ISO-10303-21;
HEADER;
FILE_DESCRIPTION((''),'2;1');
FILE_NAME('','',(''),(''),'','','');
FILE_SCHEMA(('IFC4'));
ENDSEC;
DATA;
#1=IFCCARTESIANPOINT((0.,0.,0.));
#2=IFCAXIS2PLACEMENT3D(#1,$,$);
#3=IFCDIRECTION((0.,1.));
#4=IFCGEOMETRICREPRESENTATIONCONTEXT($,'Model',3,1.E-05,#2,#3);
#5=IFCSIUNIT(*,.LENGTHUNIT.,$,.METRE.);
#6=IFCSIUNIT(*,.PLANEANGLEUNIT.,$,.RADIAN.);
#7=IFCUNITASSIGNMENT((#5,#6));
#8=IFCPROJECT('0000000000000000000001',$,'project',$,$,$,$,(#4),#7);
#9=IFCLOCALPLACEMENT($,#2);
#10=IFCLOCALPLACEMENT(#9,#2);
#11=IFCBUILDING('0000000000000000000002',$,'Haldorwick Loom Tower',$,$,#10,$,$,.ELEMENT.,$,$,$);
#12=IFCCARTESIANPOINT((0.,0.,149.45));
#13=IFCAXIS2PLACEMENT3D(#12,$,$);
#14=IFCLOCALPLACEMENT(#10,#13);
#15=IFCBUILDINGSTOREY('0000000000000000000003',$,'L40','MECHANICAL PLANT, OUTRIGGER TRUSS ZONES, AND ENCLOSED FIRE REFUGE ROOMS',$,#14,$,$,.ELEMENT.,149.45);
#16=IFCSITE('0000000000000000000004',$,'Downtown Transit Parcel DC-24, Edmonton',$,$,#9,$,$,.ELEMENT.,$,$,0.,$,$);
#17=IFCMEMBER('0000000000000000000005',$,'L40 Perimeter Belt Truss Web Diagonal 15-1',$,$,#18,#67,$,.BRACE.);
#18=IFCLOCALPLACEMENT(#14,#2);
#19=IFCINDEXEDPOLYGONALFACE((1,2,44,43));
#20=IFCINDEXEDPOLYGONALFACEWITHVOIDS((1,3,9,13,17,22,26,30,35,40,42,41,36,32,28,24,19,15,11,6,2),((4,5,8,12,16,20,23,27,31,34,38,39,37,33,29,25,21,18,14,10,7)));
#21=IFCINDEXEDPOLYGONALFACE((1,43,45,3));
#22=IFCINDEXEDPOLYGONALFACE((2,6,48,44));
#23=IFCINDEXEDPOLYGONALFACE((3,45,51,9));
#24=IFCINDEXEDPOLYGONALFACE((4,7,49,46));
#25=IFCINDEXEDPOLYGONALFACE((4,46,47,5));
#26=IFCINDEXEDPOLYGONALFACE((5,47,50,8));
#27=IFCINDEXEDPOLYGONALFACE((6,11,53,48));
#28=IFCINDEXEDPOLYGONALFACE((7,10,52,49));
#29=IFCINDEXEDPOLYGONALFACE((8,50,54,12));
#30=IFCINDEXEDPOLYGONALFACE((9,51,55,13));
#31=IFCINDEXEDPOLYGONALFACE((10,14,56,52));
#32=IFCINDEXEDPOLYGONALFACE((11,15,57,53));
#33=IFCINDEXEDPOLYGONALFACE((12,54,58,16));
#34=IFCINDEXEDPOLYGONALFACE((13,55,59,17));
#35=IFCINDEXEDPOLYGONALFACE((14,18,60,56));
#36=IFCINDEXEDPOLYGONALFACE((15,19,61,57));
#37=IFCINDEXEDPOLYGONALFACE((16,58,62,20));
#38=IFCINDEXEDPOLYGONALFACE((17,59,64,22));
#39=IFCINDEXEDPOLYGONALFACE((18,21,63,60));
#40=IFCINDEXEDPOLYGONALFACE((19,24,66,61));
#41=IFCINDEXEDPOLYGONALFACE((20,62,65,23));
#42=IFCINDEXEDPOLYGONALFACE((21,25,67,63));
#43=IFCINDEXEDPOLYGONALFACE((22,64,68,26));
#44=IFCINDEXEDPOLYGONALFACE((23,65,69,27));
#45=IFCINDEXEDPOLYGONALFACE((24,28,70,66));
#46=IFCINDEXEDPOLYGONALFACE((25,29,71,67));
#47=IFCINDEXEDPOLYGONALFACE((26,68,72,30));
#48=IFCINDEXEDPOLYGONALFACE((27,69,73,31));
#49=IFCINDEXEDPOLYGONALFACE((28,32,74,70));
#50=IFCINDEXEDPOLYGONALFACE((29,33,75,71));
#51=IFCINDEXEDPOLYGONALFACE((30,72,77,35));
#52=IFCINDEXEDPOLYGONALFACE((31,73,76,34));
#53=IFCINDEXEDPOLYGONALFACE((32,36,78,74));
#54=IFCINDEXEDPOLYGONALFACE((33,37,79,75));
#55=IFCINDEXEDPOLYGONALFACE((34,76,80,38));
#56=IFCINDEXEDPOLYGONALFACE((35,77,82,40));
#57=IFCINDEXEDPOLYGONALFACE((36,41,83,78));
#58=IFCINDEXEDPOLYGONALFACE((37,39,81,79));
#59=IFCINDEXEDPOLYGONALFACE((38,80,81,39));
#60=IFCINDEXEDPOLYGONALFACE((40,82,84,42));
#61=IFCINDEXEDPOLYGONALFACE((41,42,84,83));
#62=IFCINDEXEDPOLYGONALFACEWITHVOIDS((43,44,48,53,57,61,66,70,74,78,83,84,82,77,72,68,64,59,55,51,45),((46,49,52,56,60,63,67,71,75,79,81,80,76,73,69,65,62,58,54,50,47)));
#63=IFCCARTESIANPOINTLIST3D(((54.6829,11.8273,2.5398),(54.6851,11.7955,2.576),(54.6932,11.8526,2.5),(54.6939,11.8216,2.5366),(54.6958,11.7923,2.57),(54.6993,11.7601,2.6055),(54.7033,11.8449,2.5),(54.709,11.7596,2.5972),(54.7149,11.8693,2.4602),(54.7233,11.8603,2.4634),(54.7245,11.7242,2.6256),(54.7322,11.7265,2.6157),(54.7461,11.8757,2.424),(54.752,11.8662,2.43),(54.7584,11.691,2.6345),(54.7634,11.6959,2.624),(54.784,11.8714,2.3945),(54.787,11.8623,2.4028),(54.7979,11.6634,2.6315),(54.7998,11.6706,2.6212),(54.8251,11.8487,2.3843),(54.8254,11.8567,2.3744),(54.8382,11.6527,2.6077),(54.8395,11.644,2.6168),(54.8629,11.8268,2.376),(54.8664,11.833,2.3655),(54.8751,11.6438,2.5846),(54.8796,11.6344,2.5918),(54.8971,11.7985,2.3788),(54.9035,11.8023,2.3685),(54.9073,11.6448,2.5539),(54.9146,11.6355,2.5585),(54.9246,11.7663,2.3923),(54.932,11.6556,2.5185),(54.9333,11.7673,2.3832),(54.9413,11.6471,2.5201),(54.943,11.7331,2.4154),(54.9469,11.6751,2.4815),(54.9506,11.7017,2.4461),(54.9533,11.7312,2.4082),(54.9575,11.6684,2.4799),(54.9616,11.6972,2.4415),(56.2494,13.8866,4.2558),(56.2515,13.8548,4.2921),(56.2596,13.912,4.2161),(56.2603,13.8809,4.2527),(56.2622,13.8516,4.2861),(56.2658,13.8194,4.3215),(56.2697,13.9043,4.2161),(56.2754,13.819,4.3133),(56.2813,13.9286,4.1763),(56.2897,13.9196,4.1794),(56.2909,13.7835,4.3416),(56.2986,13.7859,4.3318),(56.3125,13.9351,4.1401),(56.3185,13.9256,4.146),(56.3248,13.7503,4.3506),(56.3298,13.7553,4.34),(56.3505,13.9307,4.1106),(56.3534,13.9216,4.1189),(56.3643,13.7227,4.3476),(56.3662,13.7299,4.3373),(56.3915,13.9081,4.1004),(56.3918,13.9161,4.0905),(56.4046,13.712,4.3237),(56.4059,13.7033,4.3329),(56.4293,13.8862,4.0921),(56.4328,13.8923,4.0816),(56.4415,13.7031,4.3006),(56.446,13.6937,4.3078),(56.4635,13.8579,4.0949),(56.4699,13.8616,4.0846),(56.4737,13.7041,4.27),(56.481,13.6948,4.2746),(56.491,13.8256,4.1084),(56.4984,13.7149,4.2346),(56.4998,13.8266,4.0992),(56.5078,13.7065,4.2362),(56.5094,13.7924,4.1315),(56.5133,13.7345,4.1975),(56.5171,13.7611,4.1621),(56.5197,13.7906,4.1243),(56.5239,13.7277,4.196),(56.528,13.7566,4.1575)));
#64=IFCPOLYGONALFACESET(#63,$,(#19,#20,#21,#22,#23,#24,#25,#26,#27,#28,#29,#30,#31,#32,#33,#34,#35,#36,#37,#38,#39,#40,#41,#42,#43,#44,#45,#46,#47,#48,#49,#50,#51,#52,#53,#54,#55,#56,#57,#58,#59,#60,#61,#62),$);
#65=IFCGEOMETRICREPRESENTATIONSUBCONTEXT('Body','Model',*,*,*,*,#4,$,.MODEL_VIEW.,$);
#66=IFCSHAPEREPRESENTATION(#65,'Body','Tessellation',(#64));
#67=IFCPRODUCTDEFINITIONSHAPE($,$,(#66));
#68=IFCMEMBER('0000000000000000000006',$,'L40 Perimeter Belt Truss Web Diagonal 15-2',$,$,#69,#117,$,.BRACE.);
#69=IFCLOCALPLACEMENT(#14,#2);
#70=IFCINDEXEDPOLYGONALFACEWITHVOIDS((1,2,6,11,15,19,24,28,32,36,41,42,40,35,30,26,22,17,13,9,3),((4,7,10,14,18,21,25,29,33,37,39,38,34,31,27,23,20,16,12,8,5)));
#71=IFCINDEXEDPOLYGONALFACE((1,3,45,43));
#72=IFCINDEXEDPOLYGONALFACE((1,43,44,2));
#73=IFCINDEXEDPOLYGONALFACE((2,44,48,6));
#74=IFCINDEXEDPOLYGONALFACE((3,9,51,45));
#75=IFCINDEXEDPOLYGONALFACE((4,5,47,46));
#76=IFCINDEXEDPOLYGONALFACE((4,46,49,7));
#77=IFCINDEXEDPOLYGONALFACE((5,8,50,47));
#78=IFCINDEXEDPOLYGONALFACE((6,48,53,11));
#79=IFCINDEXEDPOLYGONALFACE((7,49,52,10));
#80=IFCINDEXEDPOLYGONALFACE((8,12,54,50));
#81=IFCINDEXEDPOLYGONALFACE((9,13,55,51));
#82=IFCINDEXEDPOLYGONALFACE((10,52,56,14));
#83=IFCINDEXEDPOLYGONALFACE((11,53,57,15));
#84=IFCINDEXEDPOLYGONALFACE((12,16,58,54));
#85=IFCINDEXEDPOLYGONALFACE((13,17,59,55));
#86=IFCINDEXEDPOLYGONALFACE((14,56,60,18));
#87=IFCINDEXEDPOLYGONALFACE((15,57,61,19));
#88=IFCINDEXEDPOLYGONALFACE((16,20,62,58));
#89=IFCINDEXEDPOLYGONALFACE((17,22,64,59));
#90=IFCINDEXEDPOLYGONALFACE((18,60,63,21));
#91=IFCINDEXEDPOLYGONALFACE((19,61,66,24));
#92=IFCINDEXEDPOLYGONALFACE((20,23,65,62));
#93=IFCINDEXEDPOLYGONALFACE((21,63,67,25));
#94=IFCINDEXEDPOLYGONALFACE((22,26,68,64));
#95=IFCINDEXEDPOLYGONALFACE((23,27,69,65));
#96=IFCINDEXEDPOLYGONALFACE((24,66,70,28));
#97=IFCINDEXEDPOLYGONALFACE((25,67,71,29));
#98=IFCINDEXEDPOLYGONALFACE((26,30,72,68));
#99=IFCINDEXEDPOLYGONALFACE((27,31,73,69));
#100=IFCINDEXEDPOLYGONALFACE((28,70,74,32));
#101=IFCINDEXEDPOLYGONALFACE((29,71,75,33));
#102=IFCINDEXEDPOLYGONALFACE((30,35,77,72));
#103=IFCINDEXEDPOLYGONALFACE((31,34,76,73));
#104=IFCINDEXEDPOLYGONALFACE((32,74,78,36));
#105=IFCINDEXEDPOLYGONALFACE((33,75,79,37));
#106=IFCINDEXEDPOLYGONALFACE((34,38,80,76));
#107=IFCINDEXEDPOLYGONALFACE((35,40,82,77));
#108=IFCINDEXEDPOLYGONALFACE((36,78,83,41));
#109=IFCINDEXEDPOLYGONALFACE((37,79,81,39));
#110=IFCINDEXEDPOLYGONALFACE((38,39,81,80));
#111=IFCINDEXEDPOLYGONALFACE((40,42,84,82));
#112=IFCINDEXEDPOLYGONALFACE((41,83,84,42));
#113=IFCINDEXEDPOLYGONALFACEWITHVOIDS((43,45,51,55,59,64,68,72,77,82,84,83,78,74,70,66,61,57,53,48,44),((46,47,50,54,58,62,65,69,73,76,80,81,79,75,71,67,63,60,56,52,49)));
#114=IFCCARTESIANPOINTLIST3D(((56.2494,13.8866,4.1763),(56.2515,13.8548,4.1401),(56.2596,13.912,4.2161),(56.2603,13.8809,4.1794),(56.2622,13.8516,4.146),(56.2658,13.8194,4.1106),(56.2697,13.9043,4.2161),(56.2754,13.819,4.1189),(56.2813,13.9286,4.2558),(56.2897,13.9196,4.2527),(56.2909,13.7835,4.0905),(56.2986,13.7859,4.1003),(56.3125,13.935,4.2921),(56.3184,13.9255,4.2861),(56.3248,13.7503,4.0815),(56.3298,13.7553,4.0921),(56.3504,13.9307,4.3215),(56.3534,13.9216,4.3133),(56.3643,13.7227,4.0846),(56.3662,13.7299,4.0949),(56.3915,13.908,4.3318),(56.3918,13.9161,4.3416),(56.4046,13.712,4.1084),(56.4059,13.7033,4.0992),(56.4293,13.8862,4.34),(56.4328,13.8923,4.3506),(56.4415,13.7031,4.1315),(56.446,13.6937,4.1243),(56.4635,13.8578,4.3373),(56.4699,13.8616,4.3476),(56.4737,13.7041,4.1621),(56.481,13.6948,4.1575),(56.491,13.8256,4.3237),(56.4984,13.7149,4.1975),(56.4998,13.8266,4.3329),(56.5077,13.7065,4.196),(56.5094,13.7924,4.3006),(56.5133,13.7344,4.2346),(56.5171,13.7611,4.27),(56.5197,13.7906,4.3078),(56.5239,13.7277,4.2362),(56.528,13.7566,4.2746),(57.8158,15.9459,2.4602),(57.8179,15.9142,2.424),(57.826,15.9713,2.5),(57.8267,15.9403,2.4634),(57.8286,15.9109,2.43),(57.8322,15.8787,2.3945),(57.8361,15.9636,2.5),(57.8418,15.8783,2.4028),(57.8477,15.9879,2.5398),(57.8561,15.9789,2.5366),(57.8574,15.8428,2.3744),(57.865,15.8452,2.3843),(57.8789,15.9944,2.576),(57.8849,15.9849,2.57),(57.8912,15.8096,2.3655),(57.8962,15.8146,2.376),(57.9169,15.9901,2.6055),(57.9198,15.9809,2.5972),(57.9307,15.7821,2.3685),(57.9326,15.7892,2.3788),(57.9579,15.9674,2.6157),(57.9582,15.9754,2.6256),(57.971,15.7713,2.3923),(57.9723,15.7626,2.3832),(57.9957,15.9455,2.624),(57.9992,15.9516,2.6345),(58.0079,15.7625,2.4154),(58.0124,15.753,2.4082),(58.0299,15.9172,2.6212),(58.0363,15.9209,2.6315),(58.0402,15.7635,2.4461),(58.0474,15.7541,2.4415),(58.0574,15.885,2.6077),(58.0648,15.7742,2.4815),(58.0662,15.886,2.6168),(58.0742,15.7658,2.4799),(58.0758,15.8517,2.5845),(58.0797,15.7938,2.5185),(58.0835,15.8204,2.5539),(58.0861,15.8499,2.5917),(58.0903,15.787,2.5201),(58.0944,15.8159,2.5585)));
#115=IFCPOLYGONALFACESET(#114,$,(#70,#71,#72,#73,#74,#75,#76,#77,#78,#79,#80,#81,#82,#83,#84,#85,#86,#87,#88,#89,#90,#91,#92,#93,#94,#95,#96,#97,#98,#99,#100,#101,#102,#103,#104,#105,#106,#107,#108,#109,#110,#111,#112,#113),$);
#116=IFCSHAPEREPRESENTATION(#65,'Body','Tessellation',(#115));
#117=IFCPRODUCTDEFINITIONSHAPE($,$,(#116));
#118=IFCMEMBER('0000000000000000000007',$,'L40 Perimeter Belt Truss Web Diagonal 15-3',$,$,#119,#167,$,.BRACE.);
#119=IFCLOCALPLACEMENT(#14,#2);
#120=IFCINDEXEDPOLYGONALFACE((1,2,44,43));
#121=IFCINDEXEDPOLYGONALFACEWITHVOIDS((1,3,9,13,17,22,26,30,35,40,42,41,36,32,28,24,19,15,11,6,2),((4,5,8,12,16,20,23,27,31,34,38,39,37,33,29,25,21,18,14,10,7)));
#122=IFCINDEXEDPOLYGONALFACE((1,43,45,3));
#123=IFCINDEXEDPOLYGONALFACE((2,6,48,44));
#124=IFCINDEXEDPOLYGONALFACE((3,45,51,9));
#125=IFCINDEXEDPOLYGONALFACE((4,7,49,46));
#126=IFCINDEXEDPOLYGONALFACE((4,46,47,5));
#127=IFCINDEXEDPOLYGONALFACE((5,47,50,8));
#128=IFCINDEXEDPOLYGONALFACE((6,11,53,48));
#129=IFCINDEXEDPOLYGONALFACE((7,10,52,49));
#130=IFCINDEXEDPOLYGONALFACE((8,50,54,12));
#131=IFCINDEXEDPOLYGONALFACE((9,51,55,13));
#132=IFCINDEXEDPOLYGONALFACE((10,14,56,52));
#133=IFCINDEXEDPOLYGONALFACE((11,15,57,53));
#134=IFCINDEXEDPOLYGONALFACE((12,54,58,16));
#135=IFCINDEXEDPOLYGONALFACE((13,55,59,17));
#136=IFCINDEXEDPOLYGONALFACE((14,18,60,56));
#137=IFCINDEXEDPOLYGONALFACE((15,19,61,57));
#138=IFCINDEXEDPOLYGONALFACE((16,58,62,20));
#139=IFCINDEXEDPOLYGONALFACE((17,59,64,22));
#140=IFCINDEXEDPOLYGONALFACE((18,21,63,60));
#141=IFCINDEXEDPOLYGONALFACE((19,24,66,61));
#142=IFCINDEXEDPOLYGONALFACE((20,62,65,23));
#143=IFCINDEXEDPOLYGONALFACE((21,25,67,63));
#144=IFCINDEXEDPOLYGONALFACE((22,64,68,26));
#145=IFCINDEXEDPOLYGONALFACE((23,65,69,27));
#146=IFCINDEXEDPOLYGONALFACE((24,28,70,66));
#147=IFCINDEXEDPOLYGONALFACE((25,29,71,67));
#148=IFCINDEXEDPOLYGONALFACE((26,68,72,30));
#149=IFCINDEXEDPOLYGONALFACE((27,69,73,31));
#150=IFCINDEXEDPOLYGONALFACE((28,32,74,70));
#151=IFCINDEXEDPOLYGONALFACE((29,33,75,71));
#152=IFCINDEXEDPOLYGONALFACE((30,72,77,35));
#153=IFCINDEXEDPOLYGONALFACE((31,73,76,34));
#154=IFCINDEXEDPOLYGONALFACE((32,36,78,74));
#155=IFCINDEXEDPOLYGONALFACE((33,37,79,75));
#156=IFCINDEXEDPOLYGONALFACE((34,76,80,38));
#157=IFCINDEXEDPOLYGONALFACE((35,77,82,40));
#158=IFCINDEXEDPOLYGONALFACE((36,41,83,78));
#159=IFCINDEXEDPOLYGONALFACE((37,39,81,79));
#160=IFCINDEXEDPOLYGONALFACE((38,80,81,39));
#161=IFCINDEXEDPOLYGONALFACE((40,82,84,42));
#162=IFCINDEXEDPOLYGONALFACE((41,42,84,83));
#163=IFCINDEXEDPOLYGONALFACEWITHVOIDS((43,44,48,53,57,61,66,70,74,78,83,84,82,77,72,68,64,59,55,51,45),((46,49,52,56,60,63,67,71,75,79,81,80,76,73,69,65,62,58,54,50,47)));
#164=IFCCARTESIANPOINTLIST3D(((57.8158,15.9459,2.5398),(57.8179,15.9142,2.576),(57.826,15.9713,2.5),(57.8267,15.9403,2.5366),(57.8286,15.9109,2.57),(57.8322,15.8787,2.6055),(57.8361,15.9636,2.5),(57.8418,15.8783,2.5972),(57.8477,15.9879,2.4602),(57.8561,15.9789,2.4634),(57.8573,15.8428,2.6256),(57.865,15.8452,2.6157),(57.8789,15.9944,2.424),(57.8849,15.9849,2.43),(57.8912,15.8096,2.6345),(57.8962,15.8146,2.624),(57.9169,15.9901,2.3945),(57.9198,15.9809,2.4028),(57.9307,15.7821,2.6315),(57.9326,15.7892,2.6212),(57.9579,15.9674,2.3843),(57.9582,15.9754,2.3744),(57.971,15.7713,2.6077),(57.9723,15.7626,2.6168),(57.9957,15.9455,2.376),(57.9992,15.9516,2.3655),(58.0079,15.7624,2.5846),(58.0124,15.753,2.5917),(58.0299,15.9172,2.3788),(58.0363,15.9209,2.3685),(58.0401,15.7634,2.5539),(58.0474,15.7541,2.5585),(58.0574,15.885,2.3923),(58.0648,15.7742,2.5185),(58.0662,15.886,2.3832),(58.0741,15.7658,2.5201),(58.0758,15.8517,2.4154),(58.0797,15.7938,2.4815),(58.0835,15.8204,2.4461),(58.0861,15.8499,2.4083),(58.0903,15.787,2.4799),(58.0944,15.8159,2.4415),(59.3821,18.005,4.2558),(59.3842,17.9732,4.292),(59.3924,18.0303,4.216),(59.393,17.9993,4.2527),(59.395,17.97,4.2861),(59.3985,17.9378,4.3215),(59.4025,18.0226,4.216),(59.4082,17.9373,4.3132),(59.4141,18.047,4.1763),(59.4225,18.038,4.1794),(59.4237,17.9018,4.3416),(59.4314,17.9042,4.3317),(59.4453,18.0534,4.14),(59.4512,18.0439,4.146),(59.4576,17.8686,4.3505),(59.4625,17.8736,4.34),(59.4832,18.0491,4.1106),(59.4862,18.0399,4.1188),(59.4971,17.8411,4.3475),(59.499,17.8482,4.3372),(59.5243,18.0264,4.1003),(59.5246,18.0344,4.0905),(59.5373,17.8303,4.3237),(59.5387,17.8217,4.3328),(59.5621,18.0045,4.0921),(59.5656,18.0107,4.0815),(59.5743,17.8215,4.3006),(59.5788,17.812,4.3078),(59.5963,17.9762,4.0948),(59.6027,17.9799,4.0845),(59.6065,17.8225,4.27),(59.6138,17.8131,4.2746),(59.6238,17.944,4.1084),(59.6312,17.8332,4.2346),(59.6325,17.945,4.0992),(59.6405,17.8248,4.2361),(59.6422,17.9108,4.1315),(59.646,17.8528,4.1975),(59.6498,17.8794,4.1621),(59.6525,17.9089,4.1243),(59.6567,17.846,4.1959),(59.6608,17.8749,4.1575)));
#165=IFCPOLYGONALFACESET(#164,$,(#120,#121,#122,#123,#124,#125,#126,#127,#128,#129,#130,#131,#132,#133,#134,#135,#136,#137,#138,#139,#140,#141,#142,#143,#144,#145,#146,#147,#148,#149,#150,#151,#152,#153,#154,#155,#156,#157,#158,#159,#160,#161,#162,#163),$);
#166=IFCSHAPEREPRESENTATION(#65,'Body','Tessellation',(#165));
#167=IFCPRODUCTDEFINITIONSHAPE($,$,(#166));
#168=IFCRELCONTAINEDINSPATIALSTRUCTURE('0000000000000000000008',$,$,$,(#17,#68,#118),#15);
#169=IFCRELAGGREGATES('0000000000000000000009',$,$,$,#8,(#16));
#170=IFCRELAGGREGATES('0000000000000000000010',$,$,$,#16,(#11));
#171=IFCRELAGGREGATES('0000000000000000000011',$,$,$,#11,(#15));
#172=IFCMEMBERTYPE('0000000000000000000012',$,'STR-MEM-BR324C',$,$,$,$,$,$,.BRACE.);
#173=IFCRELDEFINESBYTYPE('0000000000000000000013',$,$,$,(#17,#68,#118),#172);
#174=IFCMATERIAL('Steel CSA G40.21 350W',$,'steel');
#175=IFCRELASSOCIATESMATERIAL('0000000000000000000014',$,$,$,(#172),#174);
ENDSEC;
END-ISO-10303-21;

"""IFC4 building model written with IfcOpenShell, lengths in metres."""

from ifc_helpers import new_model, si_unit, direction, frame, origin, origin_2d, place, context, subcontext, project, spatial, hollow_circle, extrude, material, material_profile, profile_set, type_object, element, save


model = new_model("IFC4")

# Units and contexts
model_context = context("Model", 3, precision=1e-05, world=origin(), true_north=direction((0.0, 1.0)))
body_context = subcontext(model_context, "Body", "Model", "MODEL_VIEW")
ifc_project = project(units=[si_unit("LENGTHUNIT", "METRE"), si_unit("PLANEANGLEUNIT", "RADIAN")], contexts=[model_context])

# Site, building, storey
site_placement = place(None, origin())
site = spatial("IfcSite", under=ifc_project, at=site_placement, Name="Downtown Transit Parcel DC-24, Edmonton", CompositionType="ELEMENT", RefElevation=0.0)
building_placement = place(site_placement, origin())
building = spatial("IfcBuilding", under=site, at=building_placement, Name="Haldorwick Loom Tower", CompositionType="ELEMENT")
storey_placement = place(building_placement, frame((0.0, 0.0, 149.45)))
storey = spatial("IfcBuildingStorey", under=building, at=storey_placement, Name="L40", Description="MECHANICAL PLANT, OUTRIGGER TRUSS ZONES, AND ENCLOSED FIRE REFUGE ROOMS", CompositionType="ELEMENT", Elevation=149.45)

# Shared definitions
ifc_material_1 = material(Name="Steel CSA G40.21 350W", Category="steel")

# Members
ifc_material_profile_1 = material_profile(ifc_material_1, hollow_circle(Radius=0.1619, WallThickness=0.0127, at=origin_2d()), Name="HSS324X13", Category="steel")
ifc_profile_set_1 = profile_set([ifc_material_profile_1], Name="Steel CSA G40.21 350W")
member_type_1 = type_object("IfcMemberType", Name="STR-MEM-BR324C", PredefinedType="BRACE", material=ifc_profile_set_1)
for number, where, z_axis, x_axis, name in (
    (1, (54.822, 11.7546, 2.5), (0.504523, 0.663287, 0.552726), (-0.795917, 0.605406, 0.0), "L40 Perimeter Belt Truss Web Diagonal 15-1"),
    (2, (56.3884, 13.814, 4.2161), (0.504523, 0.663287, -0.552726), (-0.795917, 0.605406, 0.0), "L40 Perimeter Belt Truss Web Diagonal 15-2"),
):
    element("IfcMember", number, at=place(storey_placement, frame(where, z_axis=z_axis, x_axis=x_axis)), inside=storey, type_object=member_type_1, Name=name, PredefinedType="BRACE", context=body_context, shape_type="SweptSolid", body=[
        extrude(hollow_circle(Radius=0.1619, WallThickness=0.0127, at=origin_2d()), origin(), (0.0, 0.0, 1.0), 3.1047),
    ])
member_1_placement = place(storey_placement, frame((57.9548, 15.8733, 2.5), z_axis=(0.504549, 0.663243, 0.552755), x_axis=(-0.795882, 0.605452, 0.0)))
element("IfcMember", 3, at=member_1_placement, inside=storey, type_object=member_type_1, Name="L40 Perimeter Belt Truss Web Diagonal 15-3", PredefinedType="BRACE", context=body_context, shape_type="SweptSolid", body=[
    extrude(hollow_circle(Radius=0.1619, WallThickness=0.0127, at=origin_2d()), origin(), (0.0, 0.0, 1.0), 3.1045),
])

save(model, "model.ifc")
